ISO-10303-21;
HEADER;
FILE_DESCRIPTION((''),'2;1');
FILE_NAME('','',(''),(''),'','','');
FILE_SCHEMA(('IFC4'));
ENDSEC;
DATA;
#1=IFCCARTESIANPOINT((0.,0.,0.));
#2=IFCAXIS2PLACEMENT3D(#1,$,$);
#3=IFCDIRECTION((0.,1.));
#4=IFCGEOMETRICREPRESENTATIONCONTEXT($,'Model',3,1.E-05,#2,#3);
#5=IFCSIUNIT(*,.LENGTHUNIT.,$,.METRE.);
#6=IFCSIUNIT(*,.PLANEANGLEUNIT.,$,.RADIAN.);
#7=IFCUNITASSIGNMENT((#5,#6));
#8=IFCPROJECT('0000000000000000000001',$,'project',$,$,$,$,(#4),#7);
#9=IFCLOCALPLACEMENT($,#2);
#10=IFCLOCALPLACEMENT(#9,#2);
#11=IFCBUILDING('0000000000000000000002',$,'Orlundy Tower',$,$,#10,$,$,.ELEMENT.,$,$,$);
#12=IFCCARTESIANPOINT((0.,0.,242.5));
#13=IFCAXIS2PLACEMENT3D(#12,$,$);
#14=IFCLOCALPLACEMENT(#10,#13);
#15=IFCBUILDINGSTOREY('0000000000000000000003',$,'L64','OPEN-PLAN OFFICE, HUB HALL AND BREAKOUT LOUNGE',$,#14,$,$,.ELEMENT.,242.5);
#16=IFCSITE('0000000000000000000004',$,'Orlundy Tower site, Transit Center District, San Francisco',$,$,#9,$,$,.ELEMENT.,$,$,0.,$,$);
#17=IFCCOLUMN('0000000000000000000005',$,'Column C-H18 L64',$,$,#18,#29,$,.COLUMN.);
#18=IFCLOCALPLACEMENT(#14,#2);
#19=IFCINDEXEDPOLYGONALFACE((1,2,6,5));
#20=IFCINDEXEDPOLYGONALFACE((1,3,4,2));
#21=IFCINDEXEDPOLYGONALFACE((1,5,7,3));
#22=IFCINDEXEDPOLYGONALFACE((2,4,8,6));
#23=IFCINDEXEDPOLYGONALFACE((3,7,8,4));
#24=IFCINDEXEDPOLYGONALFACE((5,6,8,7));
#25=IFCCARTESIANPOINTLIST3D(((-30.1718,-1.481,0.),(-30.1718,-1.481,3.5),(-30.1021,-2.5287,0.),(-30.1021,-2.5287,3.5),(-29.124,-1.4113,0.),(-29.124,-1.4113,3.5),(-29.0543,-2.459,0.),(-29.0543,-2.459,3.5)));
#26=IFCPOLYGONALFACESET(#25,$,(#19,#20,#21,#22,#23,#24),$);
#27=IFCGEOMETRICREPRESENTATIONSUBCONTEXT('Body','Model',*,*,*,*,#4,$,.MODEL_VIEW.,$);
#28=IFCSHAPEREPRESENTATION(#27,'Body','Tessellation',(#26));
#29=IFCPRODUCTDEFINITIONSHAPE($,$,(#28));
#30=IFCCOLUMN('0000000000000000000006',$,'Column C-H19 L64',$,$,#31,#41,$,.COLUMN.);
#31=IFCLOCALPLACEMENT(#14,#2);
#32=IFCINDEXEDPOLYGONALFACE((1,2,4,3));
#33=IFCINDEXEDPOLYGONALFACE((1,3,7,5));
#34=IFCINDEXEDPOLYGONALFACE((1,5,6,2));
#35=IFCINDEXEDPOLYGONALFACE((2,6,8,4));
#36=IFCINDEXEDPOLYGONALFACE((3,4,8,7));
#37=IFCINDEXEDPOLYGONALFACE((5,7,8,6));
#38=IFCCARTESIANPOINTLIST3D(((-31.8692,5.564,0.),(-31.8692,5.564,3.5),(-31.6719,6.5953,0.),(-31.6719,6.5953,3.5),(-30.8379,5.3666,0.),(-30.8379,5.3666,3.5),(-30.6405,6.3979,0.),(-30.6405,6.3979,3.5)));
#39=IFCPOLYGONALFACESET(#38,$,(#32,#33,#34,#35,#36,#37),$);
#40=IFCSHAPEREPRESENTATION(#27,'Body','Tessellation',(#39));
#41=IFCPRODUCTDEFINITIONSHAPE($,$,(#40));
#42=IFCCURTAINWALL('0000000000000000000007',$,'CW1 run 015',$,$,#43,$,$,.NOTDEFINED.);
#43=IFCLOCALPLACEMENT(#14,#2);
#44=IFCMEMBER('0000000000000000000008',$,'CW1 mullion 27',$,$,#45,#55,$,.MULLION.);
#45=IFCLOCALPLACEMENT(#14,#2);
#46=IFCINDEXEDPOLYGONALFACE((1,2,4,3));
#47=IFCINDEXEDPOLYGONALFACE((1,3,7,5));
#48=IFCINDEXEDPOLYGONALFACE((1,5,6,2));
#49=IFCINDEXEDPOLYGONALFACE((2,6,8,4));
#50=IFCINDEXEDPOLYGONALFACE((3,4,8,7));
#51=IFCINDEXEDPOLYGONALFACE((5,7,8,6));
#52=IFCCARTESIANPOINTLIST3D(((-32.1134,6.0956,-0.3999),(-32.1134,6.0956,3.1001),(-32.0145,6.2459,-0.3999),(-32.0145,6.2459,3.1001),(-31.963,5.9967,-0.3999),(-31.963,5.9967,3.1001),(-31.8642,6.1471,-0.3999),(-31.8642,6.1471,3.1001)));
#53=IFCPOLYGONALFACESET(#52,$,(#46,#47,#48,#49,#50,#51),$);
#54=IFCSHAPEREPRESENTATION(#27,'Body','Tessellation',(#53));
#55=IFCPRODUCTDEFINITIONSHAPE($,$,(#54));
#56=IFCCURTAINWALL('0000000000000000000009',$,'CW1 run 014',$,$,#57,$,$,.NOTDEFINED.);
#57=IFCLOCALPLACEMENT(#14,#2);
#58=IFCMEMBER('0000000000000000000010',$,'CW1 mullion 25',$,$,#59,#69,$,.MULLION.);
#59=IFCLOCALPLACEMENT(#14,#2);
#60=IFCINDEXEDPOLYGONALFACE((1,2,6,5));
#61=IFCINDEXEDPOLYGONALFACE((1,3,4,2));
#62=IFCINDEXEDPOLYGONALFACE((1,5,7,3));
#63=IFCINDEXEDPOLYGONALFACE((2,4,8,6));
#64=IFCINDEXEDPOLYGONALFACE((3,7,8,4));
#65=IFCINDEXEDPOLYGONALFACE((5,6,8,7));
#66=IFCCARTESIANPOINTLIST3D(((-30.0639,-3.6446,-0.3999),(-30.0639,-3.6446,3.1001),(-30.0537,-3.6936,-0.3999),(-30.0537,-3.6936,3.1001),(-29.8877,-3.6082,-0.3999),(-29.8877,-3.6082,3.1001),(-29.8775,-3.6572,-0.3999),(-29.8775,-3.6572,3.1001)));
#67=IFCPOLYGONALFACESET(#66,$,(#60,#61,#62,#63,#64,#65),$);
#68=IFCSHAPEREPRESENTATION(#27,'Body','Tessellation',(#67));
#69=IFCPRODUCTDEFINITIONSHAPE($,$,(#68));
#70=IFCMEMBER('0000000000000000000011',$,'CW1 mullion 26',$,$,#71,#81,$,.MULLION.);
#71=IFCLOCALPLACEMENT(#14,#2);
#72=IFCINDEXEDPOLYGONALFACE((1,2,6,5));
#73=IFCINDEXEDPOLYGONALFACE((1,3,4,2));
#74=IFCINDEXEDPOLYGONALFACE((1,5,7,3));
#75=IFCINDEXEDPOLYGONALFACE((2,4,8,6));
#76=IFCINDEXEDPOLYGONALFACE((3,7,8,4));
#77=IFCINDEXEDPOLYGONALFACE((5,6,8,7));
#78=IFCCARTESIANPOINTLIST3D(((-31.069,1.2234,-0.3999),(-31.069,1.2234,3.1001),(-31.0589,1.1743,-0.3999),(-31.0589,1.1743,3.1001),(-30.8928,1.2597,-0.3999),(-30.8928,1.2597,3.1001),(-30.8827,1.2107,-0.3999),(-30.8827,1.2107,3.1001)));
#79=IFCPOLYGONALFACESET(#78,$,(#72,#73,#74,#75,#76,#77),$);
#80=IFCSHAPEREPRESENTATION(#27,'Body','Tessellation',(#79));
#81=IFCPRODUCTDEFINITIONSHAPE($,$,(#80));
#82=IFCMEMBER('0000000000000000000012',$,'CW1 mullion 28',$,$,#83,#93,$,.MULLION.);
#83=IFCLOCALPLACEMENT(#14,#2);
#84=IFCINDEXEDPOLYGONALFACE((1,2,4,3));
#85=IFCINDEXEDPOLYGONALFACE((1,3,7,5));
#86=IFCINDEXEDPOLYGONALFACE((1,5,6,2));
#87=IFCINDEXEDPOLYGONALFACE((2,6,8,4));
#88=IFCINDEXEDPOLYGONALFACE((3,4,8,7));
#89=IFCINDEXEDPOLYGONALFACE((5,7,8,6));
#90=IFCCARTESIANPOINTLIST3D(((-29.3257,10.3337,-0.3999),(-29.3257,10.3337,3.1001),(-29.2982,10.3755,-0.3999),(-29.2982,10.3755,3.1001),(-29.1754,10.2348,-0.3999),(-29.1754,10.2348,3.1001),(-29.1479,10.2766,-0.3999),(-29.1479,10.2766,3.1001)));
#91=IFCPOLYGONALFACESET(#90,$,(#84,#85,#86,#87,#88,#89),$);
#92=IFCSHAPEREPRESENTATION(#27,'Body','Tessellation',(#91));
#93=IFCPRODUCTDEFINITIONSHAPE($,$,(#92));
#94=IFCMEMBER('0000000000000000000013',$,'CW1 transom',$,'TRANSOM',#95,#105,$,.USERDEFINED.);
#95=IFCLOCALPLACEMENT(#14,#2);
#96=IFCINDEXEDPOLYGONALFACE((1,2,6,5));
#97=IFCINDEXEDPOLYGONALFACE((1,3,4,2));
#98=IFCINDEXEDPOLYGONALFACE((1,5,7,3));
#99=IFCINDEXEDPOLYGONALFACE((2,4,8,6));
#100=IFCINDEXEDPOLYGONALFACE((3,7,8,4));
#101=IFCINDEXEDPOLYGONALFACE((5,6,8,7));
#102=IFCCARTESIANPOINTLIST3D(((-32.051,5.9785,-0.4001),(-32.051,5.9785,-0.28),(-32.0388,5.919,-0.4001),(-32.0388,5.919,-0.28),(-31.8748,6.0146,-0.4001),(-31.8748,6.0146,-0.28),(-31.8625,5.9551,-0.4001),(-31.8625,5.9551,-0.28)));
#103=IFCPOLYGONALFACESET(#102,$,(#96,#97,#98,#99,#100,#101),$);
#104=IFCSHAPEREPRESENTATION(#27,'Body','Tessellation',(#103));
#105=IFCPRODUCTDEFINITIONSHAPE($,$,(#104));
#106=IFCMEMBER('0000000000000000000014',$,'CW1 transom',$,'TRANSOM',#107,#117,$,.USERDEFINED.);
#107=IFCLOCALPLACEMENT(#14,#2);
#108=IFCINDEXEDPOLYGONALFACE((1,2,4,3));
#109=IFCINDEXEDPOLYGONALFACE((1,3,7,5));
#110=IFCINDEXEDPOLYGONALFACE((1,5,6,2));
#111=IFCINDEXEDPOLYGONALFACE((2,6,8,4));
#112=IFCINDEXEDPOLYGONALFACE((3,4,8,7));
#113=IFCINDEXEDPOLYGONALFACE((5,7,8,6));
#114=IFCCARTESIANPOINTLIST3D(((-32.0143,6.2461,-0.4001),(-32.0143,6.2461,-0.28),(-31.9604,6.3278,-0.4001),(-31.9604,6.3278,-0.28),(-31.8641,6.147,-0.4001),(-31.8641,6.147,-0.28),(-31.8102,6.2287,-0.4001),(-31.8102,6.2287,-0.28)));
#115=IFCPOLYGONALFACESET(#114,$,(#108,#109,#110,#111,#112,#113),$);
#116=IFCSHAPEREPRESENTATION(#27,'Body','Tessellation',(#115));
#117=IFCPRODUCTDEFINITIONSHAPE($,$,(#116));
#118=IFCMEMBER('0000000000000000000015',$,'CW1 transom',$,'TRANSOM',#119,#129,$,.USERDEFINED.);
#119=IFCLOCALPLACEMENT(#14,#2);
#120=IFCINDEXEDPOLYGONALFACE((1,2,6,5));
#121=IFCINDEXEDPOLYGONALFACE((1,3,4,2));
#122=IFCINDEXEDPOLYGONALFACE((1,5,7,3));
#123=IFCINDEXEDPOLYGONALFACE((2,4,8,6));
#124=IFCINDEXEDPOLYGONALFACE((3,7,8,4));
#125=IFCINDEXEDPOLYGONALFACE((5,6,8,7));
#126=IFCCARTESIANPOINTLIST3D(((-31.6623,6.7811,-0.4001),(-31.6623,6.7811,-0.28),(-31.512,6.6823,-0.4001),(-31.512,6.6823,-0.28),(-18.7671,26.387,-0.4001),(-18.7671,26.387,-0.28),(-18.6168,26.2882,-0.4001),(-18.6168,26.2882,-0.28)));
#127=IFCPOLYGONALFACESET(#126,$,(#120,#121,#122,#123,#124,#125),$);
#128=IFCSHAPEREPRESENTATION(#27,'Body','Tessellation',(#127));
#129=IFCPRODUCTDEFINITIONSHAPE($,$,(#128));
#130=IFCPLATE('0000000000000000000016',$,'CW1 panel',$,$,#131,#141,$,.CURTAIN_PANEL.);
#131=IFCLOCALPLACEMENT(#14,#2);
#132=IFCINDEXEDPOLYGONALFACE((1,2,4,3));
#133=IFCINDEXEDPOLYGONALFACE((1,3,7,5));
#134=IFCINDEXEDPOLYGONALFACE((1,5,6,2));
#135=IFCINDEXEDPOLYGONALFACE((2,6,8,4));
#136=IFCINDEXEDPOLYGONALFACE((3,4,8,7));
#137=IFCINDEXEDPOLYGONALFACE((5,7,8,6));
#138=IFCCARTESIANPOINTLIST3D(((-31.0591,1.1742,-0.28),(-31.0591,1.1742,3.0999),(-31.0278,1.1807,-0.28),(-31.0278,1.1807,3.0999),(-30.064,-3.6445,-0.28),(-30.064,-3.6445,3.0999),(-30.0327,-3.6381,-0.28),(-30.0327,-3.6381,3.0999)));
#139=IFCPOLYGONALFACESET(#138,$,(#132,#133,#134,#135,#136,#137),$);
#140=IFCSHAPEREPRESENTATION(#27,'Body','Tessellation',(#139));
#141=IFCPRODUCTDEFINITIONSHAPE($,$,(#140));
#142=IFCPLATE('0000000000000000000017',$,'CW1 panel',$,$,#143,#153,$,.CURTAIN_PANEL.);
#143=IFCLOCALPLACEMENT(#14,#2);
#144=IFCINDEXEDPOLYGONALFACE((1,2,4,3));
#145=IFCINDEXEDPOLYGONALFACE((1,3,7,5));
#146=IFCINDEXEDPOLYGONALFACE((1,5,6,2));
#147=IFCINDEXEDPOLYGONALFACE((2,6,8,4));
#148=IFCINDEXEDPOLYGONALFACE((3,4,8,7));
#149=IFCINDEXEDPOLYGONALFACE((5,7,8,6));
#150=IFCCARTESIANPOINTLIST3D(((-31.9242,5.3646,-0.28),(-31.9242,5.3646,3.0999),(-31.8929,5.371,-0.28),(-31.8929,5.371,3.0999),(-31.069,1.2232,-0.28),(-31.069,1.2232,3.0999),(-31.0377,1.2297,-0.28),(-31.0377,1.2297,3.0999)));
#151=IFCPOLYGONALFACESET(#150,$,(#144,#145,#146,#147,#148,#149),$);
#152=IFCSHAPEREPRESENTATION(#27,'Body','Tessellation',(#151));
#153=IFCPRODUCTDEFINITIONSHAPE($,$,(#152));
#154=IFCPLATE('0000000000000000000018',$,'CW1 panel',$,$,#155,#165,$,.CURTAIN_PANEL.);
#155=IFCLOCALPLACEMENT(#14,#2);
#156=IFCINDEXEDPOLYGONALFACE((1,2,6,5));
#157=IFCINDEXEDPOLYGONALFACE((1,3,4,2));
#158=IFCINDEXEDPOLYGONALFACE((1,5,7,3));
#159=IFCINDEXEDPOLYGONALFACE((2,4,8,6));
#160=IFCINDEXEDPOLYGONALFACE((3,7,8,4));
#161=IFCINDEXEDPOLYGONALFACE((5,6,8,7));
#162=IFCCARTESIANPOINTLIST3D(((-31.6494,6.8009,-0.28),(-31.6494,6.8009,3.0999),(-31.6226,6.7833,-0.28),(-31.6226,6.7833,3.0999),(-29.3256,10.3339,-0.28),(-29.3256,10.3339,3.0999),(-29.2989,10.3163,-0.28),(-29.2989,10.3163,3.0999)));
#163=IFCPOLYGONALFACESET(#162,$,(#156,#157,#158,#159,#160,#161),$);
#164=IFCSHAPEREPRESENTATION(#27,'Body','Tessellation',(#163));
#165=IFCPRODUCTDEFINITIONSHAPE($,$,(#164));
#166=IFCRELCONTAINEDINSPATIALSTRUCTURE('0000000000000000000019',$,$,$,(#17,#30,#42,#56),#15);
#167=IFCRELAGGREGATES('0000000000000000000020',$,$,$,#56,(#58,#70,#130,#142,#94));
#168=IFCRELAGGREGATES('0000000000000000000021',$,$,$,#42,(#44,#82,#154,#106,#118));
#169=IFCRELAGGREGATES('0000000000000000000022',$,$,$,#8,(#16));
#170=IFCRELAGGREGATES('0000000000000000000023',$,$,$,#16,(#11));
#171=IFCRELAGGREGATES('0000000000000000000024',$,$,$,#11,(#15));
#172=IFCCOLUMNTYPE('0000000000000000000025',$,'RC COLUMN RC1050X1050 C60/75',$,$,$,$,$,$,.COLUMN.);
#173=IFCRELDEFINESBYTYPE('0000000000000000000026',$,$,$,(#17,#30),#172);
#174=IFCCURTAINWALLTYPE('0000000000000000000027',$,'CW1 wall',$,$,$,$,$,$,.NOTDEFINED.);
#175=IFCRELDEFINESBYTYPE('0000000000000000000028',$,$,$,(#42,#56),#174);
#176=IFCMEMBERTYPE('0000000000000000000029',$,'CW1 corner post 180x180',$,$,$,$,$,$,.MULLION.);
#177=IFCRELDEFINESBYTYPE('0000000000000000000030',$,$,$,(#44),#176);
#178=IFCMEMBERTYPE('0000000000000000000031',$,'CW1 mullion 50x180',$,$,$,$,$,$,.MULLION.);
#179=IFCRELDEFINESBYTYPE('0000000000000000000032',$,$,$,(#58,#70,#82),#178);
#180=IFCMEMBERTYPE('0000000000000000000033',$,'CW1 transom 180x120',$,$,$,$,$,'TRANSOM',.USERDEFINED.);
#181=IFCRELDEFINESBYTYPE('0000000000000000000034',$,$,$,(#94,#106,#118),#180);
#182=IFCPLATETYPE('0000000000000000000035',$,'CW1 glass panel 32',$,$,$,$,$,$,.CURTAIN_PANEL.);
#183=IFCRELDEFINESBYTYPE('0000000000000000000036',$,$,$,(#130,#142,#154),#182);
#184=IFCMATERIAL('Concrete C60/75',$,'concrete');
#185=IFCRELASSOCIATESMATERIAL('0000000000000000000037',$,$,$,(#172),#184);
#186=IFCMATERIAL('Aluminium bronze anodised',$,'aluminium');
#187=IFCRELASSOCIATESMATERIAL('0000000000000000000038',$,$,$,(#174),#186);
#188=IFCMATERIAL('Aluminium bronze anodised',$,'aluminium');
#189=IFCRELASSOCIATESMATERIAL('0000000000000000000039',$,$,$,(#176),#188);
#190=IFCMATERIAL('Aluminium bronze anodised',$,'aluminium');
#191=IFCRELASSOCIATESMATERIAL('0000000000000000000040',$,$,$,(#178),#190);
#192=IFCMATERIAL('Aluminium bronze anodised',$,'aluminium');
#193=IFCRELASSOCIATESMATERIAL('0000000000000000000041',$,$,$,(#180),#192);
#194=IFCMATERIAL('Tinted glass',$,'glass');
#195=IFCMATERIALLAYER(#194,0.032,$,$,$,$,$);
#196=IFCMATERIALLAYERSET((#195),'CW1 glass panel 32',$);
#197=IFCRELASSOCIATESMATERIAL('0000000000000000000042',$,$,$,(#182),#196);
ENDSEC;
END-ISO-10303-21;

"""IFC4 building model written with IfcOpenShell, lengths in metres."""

from ifc_helpers import new_model, si_unit, direction, frame, origin, origin_2d, place, context, subcontext, project, spatial, rectangle, extrude, material, layer, layer_set, material_profile, profile_set, type_object, element, aggregate, save


model = new_model("IFC4")

# Units and contexts
model_context = context("Model", 3, precision=1e-05, world=origin(), true_north=direction((0.0, 1.0)))
body_context = subcontext(model_context, "Body", "Model", "MODEL_VIEW")
ifc_project = project(units=[si_unit("LENGTHUNIT", "METRE"), si_unit("PLANEANGLEUNIT", "RADIAN")], contexts=[model_context])

# Site, building, storey
site_placement = place(None, origin())
site = spatial("IfcSite", under=ifc_project, at=site_placement, Name="Orlundy Tower site, Transit Center District, San Francisco", CompositionType="ELEMENT", RefElevation=0.0)
building_placement = place(site_placement, origin())
building = spatial("IfcBuilding", under=site, at=building_placement, Name="Orlundy Tower", CompositionType="ELEMENT")
storey_placement = place(building_placement, frame((0.0, 0.0, 242.5)))
storey = spatial("IfcBuildingStorey", under=building, at=storey_placement, Name="L64", Description="OPEN-PLAN OFFICE, HUB HALL AND BREAKOUT LOUNGE", CompositionType="ELEMENT", Elevation=242.5)

# Columns
ifc_material_1 = material(Name="Concrete C60/75", Category="concrete")
ifc_material_profile_1 = material_profile(ifc_material_1, rectangle(XDim=1.05, YDim=1.05, at=origin_2d()), Name="RC1050X1050")
ifc_profile_set_1 = profile_set([ifc_material_profile_1], Name="Concrete C60/75")
column_type = type_object("IfcColumnType", Name="RC COLUMN RC1050X1050 C60/75", PredefinedType="COLUMN", material=ifc_profile_set_1)
for number, where, z_axis, x_axis, name in (
    (1, (-29.613, -1.97, 0.0), (0.0, 0.0, 1.0), (-0.997795, -0.066378, 0.0), "Column C-H18 L64"),
    (2, (-31.2549, 5.981, 0.0), (0.0, 0.0, 1.0), (-0.982179, 0.187947, 0.0), "Column C-H19 L64"),
):
    element("IfcColumn", number, at=place(storey_placement, frame(where, z_axis=z_axis, x_axis=x_axis)), inside=storey, type_object=column_type, Name=name, PredefinedType="COLUMN", context=body_context, shape_type="SweptSolid", body=[
        extrude(rectangle(XDim=1.05, YDim=1.05, at=origin_2d()), origin(), (0.0, 0.0, 1.0), 3.5),
    ])

# Curtain wall, member
ifc_material_2 = material(Name="Aluminium bronze anodised", Category="aluminium")
curtain_wall_type = type_object("IfcCurtainWallType", Name="CW1 wall", PredefinedType="NOTDEFINED", material=ifc_material_2)
curtain_wall_1_placement = place(storey_placement, origin())
curtain_wall_1 = element("IfcCurtainWall", 3, at=curtain_wall_1_placement, inside=storey, type_object=curtain_wall_type, Name="CW1 run 015", PredefinedType="NOTDEFINED")
ifc_material_3 = material(Name="Aluminium bronze anodised", Category="aluminium")
ifc_material_profile_2 = material_profile(ifc_material_3, rectangle(XDim=0.1799, YDim=0.1799, at=origin_2d()), Name="CW1 corner post 180x180")
ifc_profile_set_2 = profile_set([ifc_material_profile_2], Name="Aluminium bronze anodised")
member_type_1 = type_object("IfcMemberType", Name="CW1 corner post 180x180", PredefinedType="MULLION", material=ifc_profile_set_2)
member_1_placement = place(storey_placement, frame((-31.9888, 6.1213, -0.3999), z_axis=(0.0, 0.0, 1.0), x_axis=(-0.835482, 0.549517, 0.0)))
member_1 = element("IfcMember", 4, at=member_1_placement, type_object=member_type_1, Name="CW1 mullion 27", PredefinedType="MULLION", context=body_context, shape_type="SweptSolid", body=[
    extrude(rectangle(XDim=0.1799, YDim=0.1799, at=origin_2d()), origin(), (0.0, 0.0, 1.0), 3.5),
])

# Curtain wall, members
curtain_wall_2_placement = place(storey_placement, origin())
curtain_wall_2 = element("IfcCurtainWall", 5, at=curtain_wall_2_placement, inside=storey, type_object=curtain_wall_type, Name="CW1 run 014", PredefinedType="NOTDEFINED")
ifc_material_4 = material(Name="Aluminium bronze anodised", Category="aluminium")
ifc_material_profile_3 = material_profile(ifc_material_4, rectangle(XDim=0.1799, YDim=0.05, at=origin_2d()), Name="CW1 mullion 50x180")
ifc_profile_set_3 = profile_set([ifc_material_profile_3], Name="Aluminium bronze anodised")
member_type_2 = type_object("IfcMemberType", Name="CW1 mullion 50x180", PredefinedType="MULLION", material=ifc_profile_set_3)
member_2_placement = place(storey_placement, frame((-29.9707, -3.6509, -0.3999), z_axis=(0.0, 0.0, 1.0), x_axis=(-0.979337, -0.202233, 0.0)))
member_2 = element("IfcMember", 6, at=member_2_placement, type_object=member_type_2, Name="CW1 mullion 25", PredefinedType="MULLION", context=body_context, shape_type="SweptSolid", body=[
    extrude(rectangle(XDim=0.1799, YDim=0.05, at=origin_2d()), origin(), (0.0, 0.0, 1.0), 3.5),
])
member_3_placement = place(storey_placement, frame((-30.9758, 1.217, -0.3999), z_axis=(0.0, 0.0, 1.0), x_axis=(-0.979337, -0.202233, 0.0)))
member_3 = element("IfcMember", 7, at=member_3_placement, type_object=member_type_2, Name="CW1 mullion 26", PredefinedType="MULLION", context=body_context, shape_type="SweptSolid", body=[
    extrude(rectangle(XDim=0.1799, YDim=0.05, at=origin_2d()), origin(), (0.0, 0.0, 1.0), 3.5),
])

# Members
member_4_placement = place(storey_placement, frame((-29.2368, 10.3052, -0.3999), z_axis=(0.0, 0.0, 1.0), x_axis=(-0.835482, 0.549517, 0.0)))
member_4 = element("IfcMember", 8, at=member_4_placement, type_object=member_type_2, Name="CW1 mullion 28", PredefinedType="MULLION", context=body_context, shape_type="SweptSolid", body=[
    extrude(rectangle(XDim=0.1799, YDim=0.05, at=origin_2d()), origin(), (0.0, 0.0, 1.0), 3.5),
])
ifc_material_5 = material(Name="Aluminium bronze anodised", Category="aluminium")
ifc_material_profile_4 = material_profile(ifc_material_5, rectangle(XDim=0.1799, YDim=0.1201, at=origin_2d()), Name="CW1 transom 180x120")
ifc_profile_set_4 = profile_set([ifc_material_profile_4], Name="Aluminium bronze anodised")
member_type_3 = type_object("IfcMemberType", Name="CW1 transom 180x120", ElementType="TRANSOM", PredefinedType="USERDEFINED", material=ifc_profile_set_4)
member_5_placement = place(storey_placement, frame((-31.9507, 5.937, -0.3401), z_axis=(-0.200747, 0.979643, 0.0), x_axis=(-0.979643, -0.200747, 0.0)))
member_5 = element("IfcMember", 9, at=member_5_placement, type_object=member_type_3, Name="CW1 transom", ObjectType="TRANSOM", PredefinedType="USERDEFINED", context=body_context, shape_type="SweptSolid", body=[
    extrude(rectangle(XDim=0.1799, YDim=0.1201, at=origin_2d()), origin(), (0.0, 0.0, 1.0), 0.0608),
])
member_6_placement = place(storey_placement, frame((-31.9392, 6.1965, -0.3401), z_axis=(0.550669, 0.834724, 0.0), x_axis=(-0.834724, 0.550669, 0.0)))
member_6 = element("IfcMember", 10, at=member_6_placement, type_object=member_type_3, Name="CW1 transom", ObjectType="TRANSOM", PredefinedType="USERDEFINED", context=body_context, shape_type="SweptSolid", body=[
    extrude(rectangle(XDim=0.1799, YDim=0.1201, at=origin_2d()), origin(), (0.0, 0.0, 1.0), 0.0979),
])
member_7_placement = place(storey_placement, frame((-31.5872, 6.7317, -0.3401), z_axis=(0.549516, 0.835483, 0.0), x_axis=(-0.835483, 0.549516, 0.0)))
member_7 = element("IfcMember", 11, at=member_7_placement, type_object=member_type_3, Name="CW1 transom", ObjectType="TRANSOM", PredefinedType="USERDEFINED", context=body_context, shape_type="SweptSolid", body=[
    extrude(rectangle(XDim=0.1799, YDim=0.1201, at=origin_2d()), origin(), (0.0, 0.0, 1.0), 23.4666),
])

# Plates
ifc_material_6 = material(Name="Tinted glass", Category="glass")
ifc_layer_1 = layer(ifc_material_6, 0.032)
ifc_layer_set_1 = layer_set([ifc_layer_1], Name="CW1 glass panel 32")
plate_type = type_object("IfcPlateType", Name="CW1 glass panel 32", PredefinedType="CURTAIN_PANEL", material=ifc_layer_set_1)
plate_1_placement = place(storey_placement, frame((-30.5459, -1.2319, -0.28), z_axis=(0.0, 0.0, 1.0), x_axis=(-0.202233, 0.979337, 0.0)))
plate_1 = element("IfcPlate", 12, at=plate_1_placement, type_object=plate_type, Name="CW1 panel", PredefinedType="CURTAIN_PANEL", context=body_context, shape_type="SweptSolid", body=[
    extrude(rectangle(XDim=4.9204, YDim=0.032, at=origin_2d()), origin(), (0.0, 0.0, 1.0), 3.3799),
])
plate_2_placement = place(storey_placement, frame((-31.481, 3.2971, -0.28), z_axis=(0.0, 0.0, 1.0), x_axis=(-0.202233, 0.979337, 0.0)))
plate_2 = element("IfcPlate", 13, at=plate_2_placement, type_object=plate_type, Name="CW1 panel", PredefinedType="CURTAIN_PANEL", context=body_context, shape_type="SweptSolid", body=[
    extrude(rectangle(XDim=4.2288, YDim=0.032, at=origin_2d()), origin(), (0.0, 0.0, 1.0), 3.3799),
])
aggregate(curtain_wall_2, [member_2, member_3, plate_1, plate_2, member_5])
plate_3_placement = place(storey_placement, frame((-30.4741, 8.5586, -0.28), z_axis=(0.0, 0.0, 1.0), x_axis=(0.549517, 0.835482, 0.0)))
plate_3 = element("IfcPlate", 14, at=plate_3_placement, type_object=plate_type, Name="CW1 panel", PredefinedType="CURTAIN_PANEL", context=body_context, shape_type="SweptSolid", body=[
    extrude(rectangle(XDim=4.2288, YDim=0.032, at=origin_2d()), origin(), (0.0, 0.0, 1.0), 3.3799),
])
aggregate(curtain_wall_1, [member_1, member_4, plate_3, member_6, member_7])

save(model, "model.ifc")
